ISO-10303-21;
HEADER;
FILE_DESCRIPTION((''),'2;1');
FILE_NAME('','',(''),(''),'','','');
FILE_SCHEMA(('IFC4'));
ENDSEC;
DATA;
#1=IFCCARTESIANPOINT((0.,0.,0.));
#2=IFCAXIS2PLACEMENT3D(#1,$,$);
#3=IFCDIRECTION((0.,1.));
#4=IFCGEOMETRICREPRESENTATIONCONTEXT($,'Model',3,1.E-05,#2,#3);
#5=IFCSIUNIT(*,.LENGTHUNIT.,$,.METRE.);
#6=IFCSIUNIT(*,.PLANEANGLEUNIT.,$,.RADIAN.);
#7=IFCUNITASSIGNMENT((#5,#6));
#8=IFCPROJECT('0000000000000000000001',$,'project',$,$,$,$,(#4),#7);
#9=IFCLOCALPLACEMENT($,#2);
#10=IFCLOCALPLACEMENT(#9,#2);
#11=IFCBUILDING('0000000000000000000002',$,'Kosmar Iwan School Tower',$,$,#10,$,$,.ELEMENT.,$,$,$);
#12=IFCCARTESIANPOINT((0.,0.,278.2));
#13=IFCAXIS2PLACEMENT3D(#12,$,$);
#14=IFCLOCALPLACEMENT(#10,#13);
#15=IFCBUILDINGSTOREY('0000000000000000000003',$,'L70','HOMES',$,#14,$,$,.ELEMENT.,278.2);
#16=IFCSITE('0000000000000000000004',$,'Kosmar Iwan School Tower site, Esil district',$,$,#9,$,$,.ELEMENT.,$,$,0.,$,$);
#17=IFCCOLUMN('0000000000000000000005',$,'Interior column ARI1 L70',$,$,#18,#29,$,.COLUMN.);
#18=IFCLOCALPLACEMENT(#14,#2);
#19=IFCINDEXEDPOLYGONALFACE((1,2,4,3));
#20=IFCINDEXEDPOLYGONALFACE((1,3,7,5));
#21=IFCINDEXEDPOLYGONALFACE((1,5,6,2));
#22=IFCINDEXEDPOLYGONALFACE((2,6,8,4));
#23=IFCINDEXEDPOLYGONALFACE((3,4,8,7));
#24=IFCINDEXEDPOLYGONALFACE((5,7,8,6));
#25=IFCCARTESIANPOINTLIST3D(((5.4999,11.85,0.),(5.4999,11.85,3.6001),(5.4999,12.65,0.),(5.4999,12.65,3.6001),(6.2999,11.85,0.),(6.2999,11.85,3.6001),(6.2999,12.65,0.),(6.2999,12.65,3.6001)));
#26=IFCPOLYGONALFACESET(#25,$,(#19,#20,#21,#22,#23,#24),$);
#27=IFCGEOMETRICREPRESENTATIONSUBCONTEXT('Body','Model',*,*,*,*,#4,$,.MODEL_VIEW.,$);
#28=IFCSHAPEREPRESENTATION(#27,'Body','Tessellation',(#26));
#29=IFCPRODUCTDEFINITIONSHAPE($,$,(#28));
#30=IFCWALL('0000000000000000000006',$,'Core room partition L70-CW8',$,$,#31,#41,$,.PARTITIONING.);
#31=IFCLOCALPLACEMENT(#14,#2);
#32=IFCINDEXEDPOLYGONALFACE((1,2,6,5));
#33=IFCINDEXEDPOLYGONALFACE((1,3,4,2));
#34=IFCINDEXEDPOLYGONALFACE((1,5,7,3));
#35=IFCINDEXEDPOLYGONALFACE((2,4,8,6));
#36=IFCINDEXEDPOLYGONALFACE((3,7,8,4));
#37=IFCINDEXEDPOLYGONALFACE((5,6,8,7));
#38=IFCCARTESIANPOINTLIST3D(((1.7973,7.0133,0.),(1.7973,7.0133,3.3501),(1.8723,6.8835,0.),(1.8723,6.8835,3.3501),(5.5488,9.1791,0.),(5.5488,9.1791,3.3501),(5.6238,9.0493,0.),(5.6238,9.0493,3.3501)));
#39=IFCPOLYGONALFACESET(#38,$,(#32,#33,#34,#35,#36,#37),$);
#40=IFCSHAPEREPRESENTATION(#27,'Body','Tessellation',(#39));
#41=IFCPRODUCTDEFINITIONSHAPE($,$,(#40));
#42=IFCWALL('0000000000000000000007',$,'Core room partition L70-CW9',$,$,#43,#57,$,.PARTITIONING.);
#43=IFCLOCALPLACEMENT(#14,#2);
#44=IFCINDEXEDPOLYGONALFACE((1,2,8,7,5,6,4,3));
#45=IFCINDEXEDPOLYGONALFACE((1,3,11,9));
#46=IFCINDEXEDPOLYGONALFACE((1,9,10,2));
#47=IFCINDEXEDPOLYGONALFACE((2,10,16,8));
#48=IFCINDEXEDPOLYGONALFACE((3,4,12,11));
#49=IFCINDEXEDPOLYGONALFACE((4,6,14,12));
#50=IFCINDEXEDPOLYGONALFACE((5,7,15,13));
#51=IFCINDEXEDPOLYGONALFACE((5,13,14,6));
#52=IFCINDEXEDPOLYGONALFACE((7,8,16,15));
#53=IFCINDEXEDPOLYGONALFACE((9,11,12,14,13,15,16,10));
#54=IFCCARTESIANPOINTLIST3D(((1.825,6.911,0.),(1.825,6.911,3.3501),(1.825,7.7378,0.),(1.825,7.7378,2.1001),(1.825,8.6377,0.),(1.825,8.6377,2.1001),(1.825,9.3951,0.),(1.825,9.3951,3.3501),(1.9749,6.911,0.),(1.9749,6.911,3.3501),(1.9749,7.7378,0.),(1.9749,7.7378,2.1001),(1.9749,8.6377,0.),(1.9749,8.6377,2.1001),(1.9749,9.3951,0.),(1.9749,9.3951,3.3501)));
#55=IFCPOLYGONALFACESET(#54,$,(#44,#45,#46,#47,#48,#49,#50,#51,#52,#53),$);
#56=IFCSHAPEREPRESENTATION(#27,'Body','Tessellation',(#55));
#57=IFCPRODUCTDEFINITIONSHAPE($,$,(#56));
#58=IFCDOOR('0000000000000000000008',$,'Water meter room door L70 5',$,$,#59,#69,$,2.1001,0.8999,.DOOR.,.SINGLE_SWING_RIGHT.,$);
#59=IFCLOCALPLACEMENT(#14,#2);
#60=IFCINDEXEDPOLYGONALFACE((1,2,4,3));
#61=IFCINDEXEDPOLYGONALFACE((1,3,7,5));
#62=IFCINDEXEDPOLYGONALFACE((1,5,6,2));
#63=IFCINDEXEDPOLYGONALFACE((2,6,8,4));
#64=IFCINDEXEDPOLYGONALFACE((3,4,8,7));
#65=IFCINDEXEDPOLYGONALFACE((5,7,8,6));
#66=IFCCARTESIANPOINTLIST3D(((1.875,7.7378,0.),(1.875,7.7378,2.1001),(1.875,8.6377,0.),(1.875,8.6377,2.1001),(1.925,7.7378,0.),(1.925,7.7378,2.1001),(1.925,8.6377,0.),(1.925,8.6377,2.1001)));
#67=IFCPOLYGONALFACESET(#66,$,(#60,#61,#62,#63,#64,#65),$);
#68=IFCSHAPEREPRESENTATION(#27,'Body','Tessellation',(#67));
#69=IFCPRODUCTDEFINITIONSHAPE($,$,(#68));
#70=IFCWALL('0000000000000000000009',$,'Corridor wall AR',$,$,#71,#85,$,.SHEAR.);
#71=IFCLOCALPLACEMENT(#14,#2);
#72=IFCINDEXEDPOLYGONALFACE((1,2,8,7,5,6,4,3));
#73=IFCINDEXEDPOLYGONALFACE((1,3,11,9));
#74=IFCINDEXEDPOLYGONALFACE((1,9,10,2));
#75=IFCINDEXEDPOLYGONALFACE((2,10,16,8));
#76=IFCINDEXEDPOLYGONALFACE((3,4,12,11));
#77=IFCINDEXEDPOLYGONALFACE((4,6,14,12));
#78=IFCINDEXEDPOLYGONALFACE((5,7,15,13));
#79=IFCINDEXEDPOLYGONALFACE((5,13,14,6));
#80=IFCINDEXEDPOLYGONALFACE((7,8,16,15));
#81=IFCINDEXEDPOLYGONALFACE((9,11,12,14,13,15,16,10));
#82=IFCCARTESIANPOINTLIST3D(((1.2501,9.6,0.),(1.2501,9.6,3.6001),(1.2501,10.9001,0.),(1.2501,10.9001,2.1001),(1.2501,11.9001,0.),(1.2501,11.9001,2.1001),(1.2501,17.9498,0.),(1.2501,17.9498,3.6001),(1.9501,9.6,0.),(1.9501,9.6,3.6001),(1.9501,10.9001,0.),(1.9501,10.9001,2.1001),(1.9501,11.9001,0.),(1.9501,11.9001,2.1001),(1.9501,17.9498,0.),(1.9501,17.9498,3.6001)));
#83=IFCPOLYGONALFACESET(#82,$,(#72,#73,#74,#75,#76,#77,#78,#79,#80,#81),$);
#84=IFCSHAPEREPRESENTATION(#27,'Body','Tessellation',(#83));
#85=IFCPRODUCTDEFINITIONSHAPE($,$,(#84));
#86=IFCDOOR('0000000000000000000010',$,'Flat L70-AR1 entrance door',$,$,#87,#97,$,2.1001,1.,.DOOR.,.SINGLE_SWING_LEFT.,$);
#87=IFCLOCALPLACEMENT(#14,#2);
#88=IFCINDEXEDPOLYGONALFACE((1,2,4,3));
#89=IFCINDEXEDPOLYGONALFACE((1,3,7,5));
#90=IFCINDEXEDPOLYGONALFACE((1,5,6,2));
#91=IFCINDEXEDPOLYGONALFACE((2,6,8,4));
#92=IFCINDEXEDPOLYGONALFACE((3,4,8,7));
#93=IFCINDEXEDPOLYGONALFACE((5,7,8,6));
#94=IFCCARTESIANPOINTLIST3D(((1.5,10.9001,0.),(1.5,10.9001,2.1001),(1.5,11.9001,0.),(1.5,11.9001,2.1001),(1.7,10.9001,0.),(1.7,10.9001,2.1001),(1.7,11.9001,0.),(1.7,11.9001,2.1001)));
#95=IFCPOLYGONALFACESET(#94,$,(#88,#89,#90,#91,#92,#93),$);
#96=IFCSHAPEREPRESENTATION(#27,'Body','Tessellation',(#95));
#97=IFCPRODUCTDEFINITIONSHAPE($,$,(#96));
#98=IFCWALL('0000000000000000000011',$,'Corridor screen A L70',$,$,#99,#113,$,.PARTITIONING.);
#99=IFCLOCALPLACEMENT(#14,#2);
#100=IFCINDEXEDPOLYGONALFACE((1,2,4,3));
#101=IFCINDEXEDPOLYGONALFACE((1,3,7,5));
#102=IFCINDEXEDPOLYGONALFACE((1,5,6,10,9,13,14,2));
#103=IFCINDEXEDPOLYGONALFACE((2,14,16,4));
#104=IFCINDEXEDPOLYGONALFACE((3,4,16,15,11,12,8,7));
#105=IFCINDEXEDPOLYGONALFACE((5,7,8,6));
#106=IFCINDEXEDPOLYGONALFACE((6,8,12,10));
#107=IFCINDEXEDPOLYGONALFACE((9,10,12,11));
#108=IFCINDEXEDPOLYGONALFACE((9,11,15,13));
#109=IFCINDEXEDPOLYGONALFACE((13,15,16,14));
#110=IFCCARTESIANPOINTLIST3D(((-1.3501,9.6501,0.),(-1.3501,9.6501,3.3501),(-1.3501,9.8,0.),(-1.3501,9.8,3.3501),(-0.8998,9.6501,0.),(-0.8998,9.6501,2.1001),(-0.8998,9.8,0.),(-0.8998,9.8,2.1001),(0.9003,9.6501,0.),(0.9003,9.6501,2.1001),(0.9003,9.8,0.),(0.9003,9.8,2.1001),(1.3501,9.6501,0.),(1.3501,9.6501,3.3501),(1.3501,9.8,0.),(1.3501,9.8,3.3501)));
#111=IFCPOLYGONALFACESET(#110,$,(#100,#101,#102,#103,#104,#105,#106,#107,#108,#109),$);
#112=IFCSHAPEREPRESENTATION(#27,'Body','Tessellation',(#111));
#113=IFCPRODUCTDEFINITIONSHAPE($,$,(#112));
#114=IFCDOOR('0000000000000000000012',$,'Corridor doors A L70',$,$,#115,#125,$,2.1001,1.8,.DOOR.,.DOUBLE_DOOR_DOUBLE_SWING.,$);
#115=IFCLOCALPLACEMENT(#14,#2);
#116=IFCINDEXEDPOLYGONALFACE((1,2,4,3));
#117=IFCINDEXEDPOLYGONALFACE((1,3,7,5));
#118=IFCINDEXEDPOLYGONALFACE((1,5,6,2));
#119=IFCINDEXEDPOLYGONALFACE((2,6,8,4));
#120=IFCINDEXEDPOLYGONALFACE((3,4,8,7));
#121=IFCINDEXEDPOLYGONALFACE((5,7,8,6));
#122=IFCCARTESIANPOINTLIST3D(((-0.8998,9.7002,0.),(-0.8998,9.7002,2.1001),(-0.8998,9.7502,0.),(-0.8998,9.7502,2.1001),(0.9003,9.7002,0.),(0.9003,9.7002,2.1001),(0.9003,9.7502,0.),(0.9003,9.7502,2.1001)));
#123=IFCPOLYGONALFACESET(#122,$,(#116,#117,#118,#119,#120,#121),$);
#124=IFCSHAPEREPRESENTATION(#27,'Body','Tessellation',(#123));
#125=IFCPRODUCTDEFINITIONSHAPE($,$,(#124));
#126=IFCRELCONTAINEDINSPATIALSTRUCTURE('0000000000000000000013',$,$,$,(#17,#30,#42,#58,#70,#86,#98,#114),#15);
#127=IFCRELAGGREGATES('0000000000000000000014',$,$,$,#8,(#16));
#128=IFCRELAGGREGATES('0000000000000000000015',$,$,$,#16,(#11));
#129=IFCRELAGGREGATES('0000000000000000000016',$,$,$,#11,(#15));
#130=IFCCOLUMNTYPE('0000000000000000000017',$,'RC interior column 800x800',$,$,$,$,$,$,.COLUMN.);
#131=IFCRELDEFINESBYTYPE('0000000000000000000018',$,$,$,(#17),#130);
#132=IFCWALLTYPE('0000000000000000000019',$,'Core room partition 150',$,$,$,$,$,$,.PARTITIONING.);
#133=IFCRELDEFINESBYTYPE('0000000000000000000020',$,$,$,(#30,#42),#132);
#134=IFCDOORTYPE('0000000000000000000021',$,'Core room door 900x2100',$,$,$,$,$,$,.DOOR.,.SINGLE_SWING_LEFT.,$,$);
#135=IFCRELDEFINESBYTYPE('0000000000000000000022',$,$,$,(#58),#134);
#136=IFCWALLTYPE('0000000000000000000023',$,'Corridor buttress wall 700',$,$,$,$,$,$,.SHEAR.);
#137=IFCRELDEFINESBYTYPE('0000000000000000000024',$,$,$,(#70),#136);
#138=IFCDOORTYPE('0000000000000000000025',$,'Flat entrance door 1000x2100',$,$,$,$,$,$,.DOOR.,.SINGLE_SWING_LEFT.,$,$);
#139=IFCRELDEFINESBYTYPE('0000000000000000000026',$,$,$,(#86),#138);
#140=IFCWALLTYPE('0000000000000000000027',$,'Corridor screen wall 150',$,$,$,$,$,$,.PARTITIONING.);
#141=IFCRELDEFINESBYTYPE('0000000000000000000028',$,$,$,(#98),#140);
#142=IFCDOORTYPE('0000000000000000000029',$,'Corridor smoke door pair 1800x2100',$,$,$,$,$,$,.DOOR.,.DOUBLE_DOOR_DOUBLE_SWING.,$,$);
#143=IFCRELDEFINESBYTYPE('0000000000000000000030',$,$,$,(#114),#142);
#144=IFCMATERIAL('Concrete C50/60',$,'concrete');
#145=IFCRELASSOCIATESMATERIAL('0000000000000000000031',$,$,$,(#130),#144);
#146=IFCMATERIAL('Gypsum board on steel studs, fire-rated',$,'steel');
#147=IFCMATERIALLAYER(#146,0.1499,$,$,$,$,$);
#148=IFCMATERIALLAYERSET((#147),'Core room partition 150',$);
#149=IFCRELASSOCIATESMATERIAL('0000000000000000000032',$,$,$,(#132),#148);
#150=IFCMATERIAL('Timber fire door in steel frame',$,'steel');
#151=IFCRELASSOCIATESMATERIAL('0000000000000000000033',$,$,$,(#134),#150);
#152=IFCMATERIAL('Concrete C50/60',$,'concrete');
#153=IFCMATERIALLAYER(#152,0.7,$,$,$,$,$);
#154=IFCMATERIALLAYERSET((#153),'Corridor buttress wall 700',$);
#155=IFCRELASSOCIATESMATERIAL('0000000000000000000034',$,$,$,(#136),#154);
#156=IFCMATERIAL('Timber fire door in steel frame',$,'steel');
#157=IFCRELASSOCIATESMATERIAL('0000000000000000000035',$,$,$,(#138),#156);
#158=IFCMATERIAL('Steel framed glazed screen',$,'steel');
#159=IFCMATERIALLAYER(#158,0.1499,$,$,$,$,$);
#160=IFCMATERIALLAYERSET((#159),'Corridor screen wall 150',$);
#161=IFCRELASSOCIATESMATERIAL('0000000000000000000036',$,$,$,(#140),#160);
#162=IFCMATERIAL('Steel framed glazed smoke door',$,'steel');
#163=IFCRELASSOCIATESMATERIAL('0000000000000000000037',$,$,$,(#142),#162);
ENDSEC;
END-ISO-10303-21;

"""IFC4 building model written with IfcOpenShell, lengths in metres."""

from ifc_helpers import new_model, si_unit, direction, frame, frame_2d, origin, origin_2d, place, context, subcontext, project, spatial, rectangle, extrude, material, layer, layer_set, material_profile, profile_set, type_object, element, fill, save


model = new_model("IFC4")

# Units and contexts
model_context = context("Model", 3, precision=1e-05, world=origin(), true_north=direction((0.0, 1.0)))
body_context = subcontext(model_context, "Body", "Model", "MODEL_VIEW")
ifc_project = project(units=[si_unit("LENGTHUNIT", "METRE"), si_unit("PLANEANGLEUNIT", "RADIAN")], contexts=[model_context])

# Site, building, storey
site_placement = place(None, origin())
site = spatial("IfcSite", under=ifc_project, at=site_placement, Name="Kosmar Iwan School Tower site, Esil district", CompositionType="ELEMENT", RefElevation=0.0)
building_placement = place(site_placement, origin())
building = spatial("IfcBuilding", under=site, at=building_placement, Name="Kosmar Iwan School Tower", CompositionType="ELEMENT")
storey_placement = place(building_placement, frame((0.0, 0.0, 278.2)))
storey = spatial("IfcBuildingStorey", under=building, at=storey_placement, Name="L70", Description="HOMES", CompositionType="ELEMENT", Elevation=278.2)

# Column
ifc_material_1 = material(Name="Concrete C50/60", Category="concrete")
ifc_material_profile = material_profile(ifc_material_1, rectangle(XDim=0.8, YDim=0.8, at=origin_2d()), Name="RC 800x800")
ifc_profile_set = profile_set([ifc_material_profile], Name="Concrete C50/60")
column_type = type_object("IfcColumnType", Name="RC interior column 800x800", PredefinedType="COLUMN", material=ifc_profile_set)
column_placement = place(storey_placement, frame((5.8999, 12.25, 0.0), z_axis=(0.0, 0.0, 1.0), x_axis=(0.0, 1.0, 0.0)))
element("IfcColumn", 1, at=column_placement, inside=storey, type_object=column_type, Name="Interior column ARI1 L70", PredefinedType="COLUMN", context=body_context, shape_type="SweptSolid", body=[
    extrude(rectangle(XDim=0.8, YDim=0.8, at=origin_2d()), origin(), (0.0, 0.0, 1.0), 3.6001),
])

# Wall
ifc_material_2 = material(Name="Gypsum board on steel studs, fire-rated", Category="steel")
ifc_layer_1 = layer(ifc_material_2, 0.1499)
ifc_layer_set_1 = layer_set([ifc_layer_1], Name="Core room partition 150")
wall_type_1 = type_object("IfcWallType", Name="Core room partition 150", PredefinedType="PARTITIONING", material=ifc_layer_set_1)
wall_1_placement = place(storey_placement, frame((5.5864, 9.1143, 0.0), z_axis=(0.0, 0.0, 1.0), x_axis=(-0.866039, -0.499976, 0.0)))
element("IfcWall", 2, at=wall_1_placement, inside=storey, type_object=wall_type_1, Name="Core room partition L70-CW8", PredefinedType="PARTITIONING", context=body_context, shape_type="SweptSolid", body=[
    extrude(rectangle(XDim=4.3318, YDim=0.1499, at=frame_2d((2.166, 0.0))), origin(), (0.0, 0.0, 1.0), 3.3501),
])

# Walls, openings, doors
wall_2_placement = place(storey_placement, frame((1.8999, 6.9109, 0.0), z_axis=(0.0, 0.0, 1.0), x_axis=(0.0, 1.0, 0.0)))
wall_2 = element("IfcWall", 3, at=wall_2_placement, inside=storey, type_object=wall_type_1, Name="Core room partition L70-CW9", PredefinedType="PARTITIONING", context=body_context, shape_type="SweptSolid", body=[
    extrude(rectangle(XDim=2.4841, YDim=0.1499, at=frame_2d((1.2422, 0.0))), origin(), (0.0, 0.0, 1.0), 3.3501),
])
opening_1_placement = place(wall_2_placement, frame((0.8269, 0.0, 0.0)))
opening_1 = element("IfcOpeningElement", 4, at=opening_1_placement, cuts=wall_2, PredefinedType="OPENING", context=body_context, shape_type="SweptSolid", body=[
    extrude(rectangle(XDim=0.8999, YDim=2.1001, at=frame_2d((0.45, 1.05))), frame((0.0, 0.0869, 0.0), z_axis=(0.0, -1.0, 0.0), x_axis=(1.0, 0.0, 0.0)), (0.0, 0.0, 1.0), 0.1738),
])
ifc_material_3 = material(Name="Timber fire door in steel frame", Category="steel")
door_type_1 = type_object("IfcDoorType", Name="Core room door 900x2100", OperationType="SINGLE_SWING_LEFT", PredefinedType="DOOR", material=ifc_material_3)
door_1_placement = place(opening_1_placement, origin())
door_1 = element("IfcDoor", 5, at=door_1_placement, inside=storey, type_object=door_type_1, Name="Water meter room door L70 5", OperationType="SINGLE_SWING_RIGHT", OverallHeight=2.1001, OverallWidth=0.8999, PredefinedType="DOOR", context=body_context, shape_type="SweptSolid", body=[
    extrude(rectangle(XDim=0.8999, YDim=2.1001, at=frame_2d((0.45, 1.05))), frame((0.0, 0.0249, 0.0), z_axis=(0.0, -1.0, 0.0), x_axis=(1.0, 0.0, 0.0)), (0.0, 0.0, 1.0), 0.05),
])
fill(opening_1, door_1)
ifc_material_4 = material(Name="Concrete C50/60", Category="concrete")
ifc_layer_2 = layer(ifc_material_4, 0.7)
ifc_layer_set_2 = layer_set([ifc_layer_2], Name="Corridor buttress wall 700")
wall_type_2 = type_object("IfcWallType", Name="Corridor buttress wall 700", PredefinedType="SHEAR", material=ifc_layer_set_2)
wall_3_placement = place(storey_placement, frame((1.6001, 9.6001, 0.0), z_axis=(0.0, 0.0, 1.0), x_axis=(0.0, 1.0, 0.0)))
wall_3 = element("IfcWall", 6, at=wall_3_placement, inside=storey, type_object=wall_type_2, Name="Corridor wall AR", PredefinedType="SHEAR", context=body_context, shape_type="SweptSolid", body=[
    extrude(rectangle(XDim=8.3499, YDim=0.7, at=frame_2d((4.1748, 0.0))), origin(), (0.0, 0.0, 1.0), 3.6001),
])
opening_2_placement = place(wall_3_placement, frame((1.3, 0.0, 0.0)))
opening_2 = element("IfcOpeningElement", 7, at=opening_2_placement, cuts=wall_3, PredefinedType="OPENING", context=body_context, shape_type="SweptSolid", body=[
    extrude(rectangle(XDim=1.0, YDim=2.1001, at=frame_2d((0.5, 1.05))), frame((0.0, 0.3621, 0.0), z_axis=(0.0, -1.0, 0.0), x_axis=(1.0, 0.0, 0.0)), (0.0, 0.0, 1.0), 0.7239),
])
ifc_material_5 = material(Name="Timber fire door in steel frame", Category="steel")
door_type_2 = type_object("IfcDoorType", Name="Flat entrance door 1000x2100", OperationType="SINGLE_SWING_LEFT", PredefinedType="DOOR", material=ifc_material_5)
door_2_placement = place(opening_2_placement, origin())
door_2 = element("IfcDoor", 8, at=door_2_placement, inside=storey, type_object=door_type_2, Name="Flat L70-AR1 entrance door", OperationType="SINGLE_SWING_LEFT", OverallHeight=2.1001, OverallWidth=1.0, PredefinedType="DOOR", context=body_context, shape_type="SweptSolid", body=[
    extrude(rectangle(XDim=1.0, YDim=2.1001, at=frame_2d((0.5, 1.05))), frame((0.0, 0.1001, 0.0), z_axis=(0.0, -1.0, 0.0), x_axis=(1.0, 0.0, 0.0)), (0.0, 0.0, 1.0), 0.2),
])
fill(opening_2, door_2)
ifc_material_6 = material(Name="Steel framed glazed screen", Category="steel")
ifc_layer_3 = layer(ifc_material_6, 0.1499)
ifc_layer_set_3 = layer_set([ifc_layer_3], Name="Corridor screen wall 150")
wall_type_3 = type_object("IfcWallType", Name="Corridor screen wall 150", PredefinedType="PARTITIONING", material=ifc_layer_set_3)
wall_4_placement = place(storey_placement, frame((1.3501, 9.7251, 0.0), z_axis=(0.0, 0.0, 1.0), x_axis=(-1.0, 0.0, 0.0)))
wall_4 = element("IfcWall", 9, at=wall_4_placement, inside=storey, type_object=wall_type_3, Name="Corridor screen A L70", PredefinedType="PARTITIONING", context=body_context, shape_type="SweptSolid", body=[
    extrude(rectangle(XDim=2.7002, YDim=0.1499, at=frame_2d((1.3501, 0.0))), origin(), (0.0, 0.0, 1.0), 3.3501),
])
opening_3_placement = place(wall_4_placement, frame((0.45, 0.0, 0.0)))
opening_3 = element("IfcOpeningElement", 10, at=opening_3_placement, cuts=wall_4, PredefinedType="OPENING", context=body_context, shape_type="SweptSolid", body=[
    extrude(rectangle(XDim=1.8, YDim=2.1001, at=frame_2d((0.8999, 1.05))), frame((0.0, 0.0869, 0.0), z_axis=(0.0, -1.0, 0.0), x_axis=(1.0, 0.0, 0.0)), (0.0, 0.0, 1.0), 0.1738),
])
ifc_material_7 = material(Name="Steel framed glazed smoke door", Category="steel")
door_type_3 = type_object("IfcDoorType", Name="Corridor smoke door pair 1800x2100", OperationType="DOUBLE_DOOR_DOUBLE_SWING", PredefinedType="DOOR", material=ifc_material_7)
door_3_placement = place(opening_3_placement, origin())
door_3 = element("IfcDoor", 11, at=door_3_placement, inside=storey, type_object=door_type_3, Name="Corridor doors A L70", OperationType="DOUBLE_DOOR_DOUBLE_SWING", OverallHeight=2.1001, OverallWidth=1.8, PredefinedType="DOOR", context=body_context, shape_type="SweptSolid", body=[
    extrude(rectangle(XDim=1.8, YDim=2.1001, at=frame_2d((0.8999, 1.05))), frame((0.0, 0.0249, 0.0), z_axis=(0.0, -1.0, 0.0), x_axis=(1.0, 0.0, 0.0)), (0.0, 0.0, 1.0), 0.05),
])
fill(opening_3, door_3)

save(model, "model.ifc")
